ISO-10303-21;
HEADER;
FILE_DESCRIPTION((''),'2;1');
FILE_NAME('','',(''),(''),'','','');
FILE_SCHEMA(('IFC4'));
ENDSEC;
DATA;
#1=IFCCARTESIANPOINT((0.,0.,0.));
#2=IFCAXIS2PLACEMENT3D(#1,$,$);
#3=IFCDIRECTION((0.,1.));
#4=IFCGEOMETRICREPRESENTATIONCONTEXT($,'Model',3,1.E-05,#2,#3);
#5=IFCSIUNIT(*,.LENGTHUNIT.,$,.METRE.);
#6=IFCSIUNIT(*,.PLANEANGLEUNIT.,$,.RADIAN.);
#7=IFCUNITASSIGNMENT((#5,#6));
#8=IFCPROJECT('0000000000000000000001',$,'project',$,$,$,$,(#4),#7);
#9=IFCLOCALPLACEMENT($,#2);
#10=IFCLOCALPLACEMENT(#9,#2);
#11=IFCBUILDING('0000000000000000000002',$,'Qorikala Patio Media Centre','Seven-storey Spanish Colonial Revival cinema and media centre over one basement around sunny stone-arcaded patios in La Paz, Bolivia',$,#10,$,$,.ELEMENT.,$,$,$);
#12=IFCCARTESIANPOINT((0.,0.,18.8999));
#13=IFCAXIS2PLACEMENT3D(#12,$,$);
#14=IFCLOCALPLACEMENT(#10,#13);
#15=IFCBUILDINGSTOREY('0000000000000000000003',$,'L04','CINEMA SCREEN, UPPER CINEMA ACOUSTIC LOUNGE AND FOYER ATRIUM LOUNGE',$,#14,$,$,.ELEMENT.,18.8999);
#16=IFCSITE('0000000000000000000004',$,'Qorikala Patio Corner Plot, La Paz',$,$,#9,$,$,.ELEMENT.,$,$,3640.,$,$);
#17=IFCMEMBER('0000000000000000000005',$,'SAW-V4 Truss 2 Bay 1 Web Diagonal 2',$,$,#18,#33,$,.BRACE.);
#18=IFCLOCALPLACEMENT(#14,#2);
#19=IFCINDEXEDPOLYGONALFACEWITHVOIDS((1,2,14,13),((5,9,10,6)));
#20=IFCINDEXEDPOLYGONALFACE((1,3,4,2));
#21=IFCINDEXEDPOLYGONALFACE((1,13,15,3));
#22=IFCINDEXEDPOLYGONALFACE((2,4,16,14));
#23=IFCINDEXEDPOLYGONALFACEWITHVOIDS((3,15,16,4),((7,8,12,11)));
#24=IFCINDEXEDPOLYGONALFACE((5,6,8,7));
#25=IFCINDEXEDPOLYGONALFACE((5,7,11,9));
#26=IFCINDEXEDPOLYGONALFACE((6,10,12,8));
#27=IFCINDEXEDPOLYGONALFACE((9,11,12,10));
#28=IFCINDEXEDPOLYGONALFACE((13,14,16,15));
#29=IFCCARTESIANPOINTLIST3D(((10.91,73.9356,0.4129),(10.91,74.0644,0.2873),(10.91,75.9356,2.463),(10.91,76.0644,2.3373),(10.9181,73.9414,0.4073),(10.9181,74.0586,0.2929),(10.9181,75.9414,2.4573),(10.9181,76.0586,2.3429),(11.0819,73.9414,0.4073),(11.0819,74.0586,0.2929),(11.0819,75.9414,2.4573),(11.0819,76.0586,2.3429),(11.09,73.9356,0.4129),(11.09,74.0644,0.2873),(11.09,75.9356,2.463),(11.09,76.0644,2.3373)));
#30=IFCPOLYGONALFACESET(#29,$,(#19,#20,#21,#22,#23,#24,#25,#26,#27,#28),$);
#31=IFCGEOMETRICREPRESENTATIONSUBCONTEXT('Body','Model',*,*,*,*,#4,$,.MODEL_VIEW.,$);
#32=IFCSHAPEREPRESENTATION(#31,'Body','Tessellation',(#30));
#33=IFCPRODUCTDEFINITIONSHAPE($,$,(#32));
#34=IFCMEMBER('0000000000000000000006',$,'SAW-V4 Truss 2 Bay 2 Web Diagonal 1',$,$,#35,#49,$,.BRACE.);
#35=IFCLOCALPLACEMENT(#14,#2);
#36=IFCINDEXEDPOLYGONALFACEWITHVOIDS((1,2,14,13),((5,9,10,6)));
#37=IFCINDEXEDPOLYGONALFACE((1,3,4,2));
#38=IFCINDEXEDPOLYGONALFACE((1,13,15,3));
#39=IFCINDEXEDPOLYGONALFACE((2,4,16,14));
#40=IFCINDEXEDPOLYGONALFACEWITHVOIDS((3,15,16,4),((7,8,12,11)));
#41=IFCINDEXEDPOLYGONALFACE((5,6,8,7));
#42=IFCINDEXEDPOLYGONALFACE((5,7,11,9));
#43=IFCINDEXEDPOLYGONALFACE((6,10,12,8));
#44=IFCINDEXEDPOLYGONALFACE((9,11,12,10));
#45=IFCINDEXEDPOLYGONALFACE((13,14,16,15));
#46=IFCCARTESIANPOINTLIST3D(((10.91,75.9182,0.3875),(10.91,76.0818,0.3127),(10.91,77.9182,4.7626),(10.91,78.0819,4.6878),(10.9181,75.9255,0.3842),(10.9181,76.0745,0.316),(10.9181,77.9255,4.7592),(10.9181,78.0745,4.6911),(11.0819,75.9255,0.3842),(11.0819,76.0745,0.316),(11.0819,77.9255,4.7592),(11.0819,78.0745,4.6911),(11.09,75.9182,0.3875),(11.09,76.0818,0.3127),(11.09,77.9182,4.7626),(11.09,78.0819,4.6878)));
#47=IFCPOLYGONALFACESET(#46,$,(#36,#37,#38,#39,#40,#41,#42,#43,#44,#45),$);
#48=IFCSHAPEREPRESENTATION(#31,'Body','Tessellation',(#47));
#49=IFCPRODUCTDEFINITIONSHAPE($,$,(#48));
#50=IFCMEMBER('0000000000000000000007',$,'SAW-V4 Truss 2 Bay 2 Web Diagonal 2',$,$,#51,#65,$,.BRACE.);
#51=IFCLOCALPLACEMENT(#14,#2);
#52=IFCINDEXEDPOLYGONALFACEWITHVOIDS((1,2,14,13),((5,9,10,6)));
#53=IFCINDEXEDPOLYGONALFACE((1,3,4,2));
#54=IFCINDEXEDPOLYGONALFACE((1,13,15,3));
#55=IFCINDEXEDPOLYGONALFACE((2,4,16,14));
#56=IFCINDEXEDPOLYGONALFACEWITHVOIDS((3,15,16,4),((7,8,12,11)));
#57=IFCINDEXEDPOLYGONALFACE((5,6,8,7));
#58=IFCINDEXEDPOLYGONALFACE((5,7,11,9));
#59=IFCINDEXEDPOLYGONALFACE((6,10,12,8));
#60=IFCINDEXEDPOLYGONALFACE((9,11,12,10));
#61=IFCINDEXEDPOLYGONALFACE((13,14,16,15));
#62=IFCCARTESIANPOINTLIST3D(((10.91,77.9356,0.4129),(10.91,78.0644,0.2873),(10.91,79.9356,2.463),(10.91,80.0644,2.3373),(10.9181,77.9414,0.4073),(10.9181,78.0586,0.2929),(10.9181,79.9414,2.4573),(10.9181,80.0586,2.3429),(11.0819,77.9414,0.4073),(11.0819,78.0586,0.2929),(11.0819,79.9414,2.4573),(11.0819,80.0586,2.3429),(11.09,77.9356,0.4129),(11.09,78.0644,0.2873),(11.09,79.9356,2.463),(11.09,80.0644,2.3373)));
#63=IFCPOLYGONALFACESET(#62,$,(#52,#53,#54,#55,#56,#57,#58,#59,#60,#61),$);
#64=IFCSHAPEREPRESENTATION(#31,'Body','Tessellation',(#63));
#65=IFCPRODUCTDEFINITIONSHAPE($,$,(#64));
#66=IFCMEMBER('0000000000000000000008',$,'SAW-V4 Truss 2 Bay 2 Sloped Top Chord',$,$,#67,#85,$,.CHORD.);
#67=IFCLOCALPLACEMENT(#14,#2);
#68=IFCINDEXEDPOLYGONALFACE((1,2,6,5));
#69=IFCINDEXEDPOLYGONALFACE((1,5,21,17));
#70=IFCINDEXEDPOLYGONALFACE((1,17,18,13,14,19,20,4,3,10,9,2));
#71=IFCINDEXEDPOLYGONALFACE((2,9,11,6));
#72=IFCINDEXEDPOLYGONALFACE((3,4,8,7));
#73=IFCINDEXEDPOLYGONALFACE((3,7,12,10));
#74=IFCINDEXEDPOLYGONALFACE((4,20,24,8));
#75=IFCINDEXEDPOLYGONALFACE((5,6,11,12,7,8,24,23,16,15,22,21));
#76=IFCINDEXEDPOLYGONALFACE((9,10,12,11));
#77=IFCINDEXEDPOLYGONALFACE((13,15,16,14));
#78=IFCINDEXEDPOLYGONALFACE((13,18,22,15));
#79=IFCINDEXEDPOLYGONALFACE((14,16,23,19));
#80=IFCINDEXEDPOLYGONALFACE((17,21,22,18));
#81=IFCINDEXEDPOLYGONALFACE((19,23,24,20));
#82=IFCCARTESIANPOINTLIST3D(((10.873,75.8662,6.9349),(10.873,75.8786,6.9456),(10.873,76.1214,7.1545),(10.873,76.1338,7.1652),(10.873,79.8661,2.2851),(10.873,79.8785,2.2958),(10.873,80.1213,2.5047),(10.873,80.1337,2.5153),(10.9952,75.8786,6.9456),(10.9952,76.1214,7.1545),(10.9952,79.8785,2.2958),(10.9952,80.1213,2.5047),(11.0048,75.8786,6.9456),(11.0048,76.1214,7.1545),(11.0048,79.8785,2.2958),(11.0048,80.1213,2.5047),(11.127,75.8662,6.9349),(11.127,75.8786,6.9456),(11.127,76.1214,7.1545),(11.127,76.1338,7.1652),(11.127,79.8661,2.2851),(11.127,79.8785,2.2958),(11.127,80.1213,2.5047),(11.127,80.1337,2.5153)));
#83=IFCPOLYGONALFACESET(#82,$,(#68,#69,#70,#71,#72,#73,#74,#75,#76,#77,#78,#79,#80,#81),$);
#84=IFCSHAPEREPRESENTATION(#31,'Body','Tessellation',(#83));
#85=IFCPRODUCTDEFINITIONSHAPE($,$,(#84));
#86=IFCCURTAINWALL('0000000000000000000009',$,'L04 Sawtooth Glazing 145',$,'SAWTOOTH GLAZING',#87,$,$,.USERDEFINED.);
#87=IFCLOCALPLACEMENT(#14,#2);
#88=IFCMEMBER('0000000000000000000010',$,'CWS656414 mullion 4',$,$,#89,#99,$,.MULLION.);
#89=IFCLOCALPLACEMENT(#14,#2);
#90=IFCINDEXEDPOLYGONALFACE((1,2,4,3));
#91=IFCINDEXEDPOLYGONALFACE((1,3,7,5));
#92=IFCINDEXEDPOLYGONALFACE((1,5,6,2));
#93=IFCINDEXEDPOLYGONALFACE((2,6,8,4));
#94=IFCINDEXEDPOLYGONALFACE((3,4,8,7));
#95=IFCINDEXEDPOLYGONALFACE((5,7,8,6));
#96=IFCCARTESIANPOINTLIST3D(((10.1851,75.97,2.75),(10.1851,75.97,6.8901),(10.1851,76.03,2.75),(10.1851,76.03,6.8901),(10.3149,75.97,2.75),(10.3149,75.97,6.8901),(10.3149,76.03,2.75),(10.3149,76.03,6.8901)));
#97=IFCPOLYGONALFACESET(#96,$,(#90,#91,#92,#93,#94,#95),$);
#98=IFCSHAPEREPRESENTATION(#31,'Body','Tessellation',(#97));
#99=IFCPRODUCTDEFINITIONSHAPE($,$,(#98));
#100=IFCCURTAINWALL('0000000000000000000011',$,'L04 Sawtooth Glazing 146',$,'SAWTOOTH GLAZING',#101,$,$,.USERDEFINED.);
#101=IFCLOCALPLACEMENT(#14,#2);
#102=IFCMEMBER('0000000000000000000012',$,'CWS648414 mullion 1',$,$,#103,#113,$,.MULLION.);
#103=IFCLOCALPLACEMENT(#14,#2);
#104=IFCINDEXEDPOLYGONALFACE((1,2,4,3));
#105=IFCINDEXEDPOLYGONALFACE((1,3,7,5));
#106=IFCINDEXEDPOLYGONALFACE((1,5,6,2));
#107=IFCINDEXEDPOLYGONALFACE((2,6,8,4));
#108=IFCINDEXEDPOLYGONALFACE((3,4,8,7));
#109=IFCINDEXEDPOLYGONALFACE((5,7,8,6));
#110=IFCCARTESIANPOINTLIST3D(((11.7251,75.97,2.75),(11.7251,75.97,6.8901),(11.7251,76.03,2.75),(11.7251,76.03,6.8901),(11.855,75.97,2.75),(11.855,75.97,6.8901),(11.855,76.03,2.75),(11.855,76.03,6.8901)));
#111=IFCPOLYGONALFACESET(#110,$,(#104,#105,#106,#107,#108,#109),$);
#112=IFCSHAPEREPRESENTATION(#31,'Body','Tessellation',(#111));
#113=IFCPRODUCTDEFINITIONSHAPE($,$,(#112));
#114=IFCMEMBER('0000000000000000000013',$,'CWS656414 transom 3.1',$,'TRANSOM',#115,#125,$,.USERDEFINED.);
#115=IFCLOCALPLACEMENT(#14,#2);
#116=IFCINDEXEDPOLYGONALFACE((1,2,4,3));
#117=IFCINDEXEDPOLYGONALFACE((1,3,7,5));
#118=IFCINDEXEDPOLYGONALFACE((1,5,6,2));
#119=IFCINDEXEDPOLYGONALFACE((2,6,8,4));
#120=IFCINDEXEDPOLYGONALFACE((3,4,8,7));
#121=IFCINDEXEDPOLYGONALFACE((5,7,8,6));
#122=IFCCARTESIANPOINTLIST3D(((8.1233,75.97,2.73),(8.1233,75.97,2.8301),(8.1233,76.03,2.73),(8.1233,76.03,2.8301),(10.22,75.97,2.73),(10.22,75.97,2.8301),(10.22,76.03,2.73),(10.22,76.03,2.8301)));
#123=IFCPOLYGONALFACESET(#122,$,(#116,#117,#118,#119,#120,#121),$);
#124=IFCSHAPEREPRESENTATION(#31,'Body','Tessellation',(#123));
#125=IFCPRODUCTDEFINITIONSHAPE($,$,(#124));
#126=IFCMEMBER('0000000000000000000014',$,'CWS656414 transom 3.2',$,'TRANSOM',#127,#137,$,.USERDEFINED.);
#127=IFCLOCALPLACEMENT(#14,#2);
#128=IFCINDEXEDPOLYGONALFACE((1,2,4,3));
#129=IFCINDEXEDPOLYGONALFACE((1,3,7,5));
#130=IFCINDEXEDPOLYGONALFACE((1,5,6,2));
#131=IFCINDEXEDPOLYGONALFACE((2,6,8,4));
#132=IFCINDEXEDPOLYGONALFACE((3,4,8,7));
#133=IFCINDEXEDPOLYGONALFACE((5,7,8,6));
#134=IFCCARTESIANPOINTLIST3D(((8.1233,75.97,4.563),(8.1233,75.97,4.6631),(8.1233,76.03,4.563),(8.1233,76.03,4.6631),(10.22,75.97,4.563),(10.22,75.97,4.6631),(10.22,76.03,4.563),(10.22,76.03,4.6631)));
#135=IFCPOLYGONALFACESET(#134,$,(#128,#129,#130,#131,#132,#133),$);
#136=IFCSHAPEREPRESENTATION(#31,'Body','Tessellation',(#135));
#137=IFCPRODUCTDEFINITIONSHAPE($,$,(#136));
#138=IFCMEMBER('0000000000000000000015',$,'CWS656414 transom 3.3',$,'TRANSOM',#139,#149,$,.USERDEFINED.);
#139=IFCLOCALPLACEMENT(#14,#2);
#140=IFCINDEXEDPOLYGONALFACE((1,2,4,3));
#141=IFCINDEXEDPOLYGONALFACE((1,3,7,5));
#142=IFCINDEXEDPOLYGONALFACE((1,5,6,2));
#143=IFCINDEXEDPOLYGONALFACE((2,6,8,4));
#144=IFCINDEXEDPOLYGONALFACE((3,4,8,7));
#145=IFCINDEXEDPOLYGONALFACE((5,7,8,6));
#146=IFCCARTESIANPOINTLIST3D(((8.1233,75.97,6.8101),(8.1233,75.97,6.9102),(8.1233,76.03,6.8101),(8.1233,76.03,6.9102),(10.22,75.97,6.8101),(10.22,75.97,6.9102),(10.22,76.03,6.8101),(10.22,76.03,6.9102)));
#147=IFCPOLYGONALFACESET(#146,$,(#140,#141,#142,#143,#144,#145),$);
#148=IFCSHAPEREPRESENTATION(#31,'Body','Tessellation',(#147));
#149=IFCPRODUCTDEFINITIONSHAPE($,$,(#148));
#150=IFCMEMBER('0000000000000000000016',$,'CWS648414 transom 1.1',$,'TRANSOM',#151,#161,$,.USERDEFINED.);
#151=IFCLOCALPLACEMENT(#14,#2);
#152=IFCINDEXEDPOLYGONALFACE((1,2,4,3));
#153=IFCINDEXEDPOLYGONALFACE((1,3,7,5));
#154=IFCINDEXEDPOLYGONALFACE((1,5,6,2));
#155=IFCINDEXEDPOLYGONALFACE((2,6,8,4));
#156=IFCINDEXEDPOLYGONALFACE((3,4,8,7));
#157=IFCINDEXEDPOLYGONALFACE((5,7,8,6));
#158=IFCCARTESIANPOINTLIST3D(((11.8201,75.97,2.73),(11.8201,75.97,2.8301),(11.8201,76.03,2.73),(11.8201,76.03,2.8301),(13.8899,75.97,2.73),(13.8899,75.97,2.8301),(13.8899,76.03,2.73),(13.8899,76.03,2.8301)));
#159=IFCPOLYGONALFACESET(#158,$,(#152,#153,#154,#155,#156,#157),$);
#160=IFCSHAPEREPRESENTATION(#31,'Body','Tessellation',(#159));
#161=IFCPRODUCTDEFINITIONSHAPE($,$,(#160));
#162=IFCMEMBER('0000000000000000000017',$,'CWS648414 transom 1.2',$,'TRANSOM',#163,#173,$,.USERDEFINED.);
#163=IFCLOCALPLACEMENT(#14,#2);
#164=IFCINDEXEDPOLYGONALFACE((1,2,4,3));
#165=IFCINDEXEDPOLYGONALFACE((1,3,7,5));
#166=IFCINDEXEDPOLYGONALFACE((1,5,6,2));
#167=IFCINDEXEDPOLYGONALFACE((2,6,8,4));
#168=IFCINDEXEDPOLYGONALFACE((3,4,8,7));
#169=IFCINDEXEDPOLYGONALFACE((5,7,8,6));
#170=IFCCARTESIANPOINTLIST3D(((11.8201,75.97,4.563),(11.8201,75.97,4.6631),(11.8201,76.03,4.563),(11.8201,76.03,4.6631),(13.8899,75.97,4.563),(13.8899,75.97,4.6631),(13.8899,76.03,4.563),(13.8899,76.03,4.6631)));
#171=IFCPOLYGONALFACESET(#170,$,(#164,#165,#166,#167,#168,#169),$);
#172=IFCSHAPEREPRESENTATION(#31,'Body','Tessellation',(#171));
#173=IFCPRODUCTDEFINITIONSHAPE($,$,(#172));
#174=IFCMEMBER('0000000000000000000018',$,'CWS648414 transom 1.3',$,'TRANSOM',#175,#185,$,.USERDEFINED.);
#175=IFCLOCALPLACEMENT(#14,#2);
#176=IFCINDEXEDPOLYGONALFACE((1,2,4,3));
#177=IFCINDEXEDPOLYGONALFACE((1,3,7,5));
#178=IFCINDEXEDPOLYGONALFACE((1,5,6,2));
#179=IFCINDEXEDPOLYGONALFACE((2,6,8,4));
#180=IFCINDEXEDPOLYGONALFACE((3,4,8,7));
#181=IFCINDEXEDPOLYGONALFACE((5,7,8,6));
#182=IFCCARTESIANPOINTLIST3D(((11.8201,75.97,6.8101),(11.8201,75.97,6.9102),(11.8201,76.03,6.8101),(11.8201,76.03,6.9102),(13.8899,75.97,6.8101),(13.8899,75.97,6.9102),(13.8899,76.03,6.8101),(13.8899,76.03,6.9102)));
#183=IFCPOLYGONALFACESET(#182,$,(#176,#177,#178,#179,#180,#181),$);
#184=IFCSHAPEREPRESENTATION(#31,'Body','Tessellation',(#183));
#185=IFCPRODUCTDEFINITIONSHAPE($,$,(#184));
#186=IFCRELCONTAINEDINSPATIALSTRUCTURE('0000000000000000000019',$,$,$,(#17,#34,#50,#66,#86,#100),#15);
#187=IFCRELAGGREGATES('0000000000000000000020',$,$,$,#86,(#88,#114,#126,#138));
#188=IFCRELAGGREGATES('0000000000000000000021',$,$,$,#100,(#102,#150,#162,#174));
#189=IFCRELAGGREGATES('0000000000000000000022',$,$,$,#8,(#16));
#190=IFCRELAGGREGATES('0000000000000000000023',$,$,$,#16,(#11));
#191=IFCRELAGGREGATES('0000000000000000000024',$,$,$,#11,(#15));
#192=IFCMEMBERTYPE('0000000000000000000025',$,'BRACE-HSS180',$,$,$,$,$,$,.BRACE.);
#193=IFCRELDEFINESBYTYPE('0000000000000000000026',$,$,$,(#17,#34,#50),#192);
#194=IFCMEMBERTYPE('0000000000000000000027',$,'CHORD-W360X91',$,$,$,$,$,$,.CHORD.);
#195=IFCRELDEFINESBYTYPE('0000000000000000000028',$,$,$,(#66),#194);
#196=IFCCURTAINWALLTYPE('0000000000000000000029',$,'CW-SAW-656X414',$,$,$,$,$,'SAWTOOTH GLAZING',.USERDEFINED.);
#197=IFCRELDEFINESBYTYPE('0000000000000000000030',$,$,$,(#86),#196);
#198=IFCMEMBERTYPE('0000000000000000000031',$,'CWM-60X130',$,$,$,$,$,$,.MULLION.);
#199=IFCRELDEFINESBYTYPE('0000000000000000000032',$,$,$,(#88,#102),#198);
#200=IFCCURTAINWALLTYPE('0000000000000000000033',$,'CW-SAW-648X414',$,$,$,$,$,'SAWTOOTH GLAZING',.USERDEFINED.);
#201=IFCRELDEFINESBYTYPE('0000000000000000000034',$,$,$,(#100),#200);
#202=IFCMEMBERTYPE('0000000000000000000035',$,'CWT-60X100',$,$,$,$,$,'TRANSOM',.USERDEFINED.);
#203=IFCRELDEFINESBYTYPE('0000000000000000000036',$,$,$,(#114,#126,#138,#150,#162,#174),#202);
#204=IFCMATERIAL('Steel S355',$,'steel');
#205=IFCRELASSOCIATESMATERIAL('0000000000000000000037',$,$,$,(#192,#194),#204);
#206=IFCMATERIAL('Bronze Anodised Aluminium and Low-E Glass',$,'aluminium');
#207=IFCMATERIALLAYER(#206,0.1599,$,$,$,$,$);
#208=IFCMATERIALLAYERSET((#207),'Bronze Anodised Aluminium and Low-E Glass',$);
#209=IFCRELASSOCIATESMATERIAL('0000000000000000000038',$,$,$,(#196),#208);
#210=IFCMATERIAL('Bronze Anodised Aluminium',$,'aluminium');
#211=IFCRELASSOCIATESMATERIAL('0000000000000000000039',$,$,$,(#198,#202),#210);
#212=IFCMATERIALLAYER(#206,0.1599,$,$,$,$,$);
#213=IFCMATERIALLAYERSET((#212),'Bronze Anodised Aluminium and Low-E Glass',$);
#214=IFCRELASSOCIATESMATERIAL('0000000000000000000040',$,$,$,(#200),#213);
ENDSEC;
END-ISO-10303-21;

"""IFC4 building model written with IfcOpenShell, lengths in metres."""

from ifc_helpers import new_model, si_unit, direction, frame, origin, origin_2d, place, context, subcontext, project, spatial, rectangle, hollow_rectangle, i_section, extrude, material, layer, layer_set, material_profile, profile_set, type_object, element, aggregate, save


model = new_model("IFC4")

# Units and contexts
model_context = context("Model", 3, precision=1e-05, world=origin(), true_north=direction((0.0, 1.0)))
body_context = subcontext(model_context, "Body", "Model", "MODEL_VIEW")
ifc_project = project(units=[si_unit("LENGTHUNIT", "METRE"), si_unit("PLANEANGLEUNIT", "RADIAN")], contexts=[model_context])

# Site, building, storey
site_placement = place(None, origin())
site = spatial("IfcSite", under=ifc_project, at=site_placement, Name="Qorikala Patio Corner Plot, La Paz", CompositionType="ELEMENT", RefElevation=3640.0)
building_placement = place(site_placement, origin())
building = spatial("IfcBuilding", under=site, at=building_placement, Name="Qorikala Patio Media Centre", Description="Seven-storey Spanish Colonial Revival cinema and media centre over one basement around sunny stone-arcaded patios in La Paz, Bolivia", CompositionType="ELEMENT")
storey_placement = place(building_placement, frame((0.0, 0.0, 18.8999)))
storey = spatial("IfcBuildingStorey", under=building, at=storey_placement, Name="L04", Description="CINEMA SCREEN, UPPER CINEMA ACOUSTIC LOUNGE AND FOYER ATRIUM LOUNGE", CompositionType="ELEMENT", Elevation=18.8999)

# Members
ifc_material_1 = material(Name="Steel S355", Category="steel")
ifc_material_profile_1 = material_profile(ifc_material_1, hollow_rectangle(XDim=0.1799, YDim=0.1799, WallThickness=0.0081, at=origin_2d()), Name="HSS180X180X8")
ifc_profile_set_1 = profile_set([ifc_material_profile_1], Name="Steel S355")
member_type_1 = type_object("IfcMemberType", Name="BRACE-HSS180", PredefinedType="BRACE", material=ifc_profile_set_1)
member_1_placement = place(storey_placement, frame((11.0, 74.0, 0.3501), z_axis=(0.0, 0.698315, 0.71579), x_axis=(-1.0, 0.0, 0.0)))
element("IfcMember", 1, at=member_1_placement, inside=storey, type_object=member_type_1, Name="SAW-V4 Truss 2 Bay 1 Web Diagonal 2", PredefinedType="BRACE", context=body_context, shape_type="SweptSolid", body=[
    extrude(hollow_rectangle(XDim=0.1799, YDim=0.1799, WallThickness=0.0081, at=origin_2d()), origin(), (0.0, 0.0, 1.0), 2.864),
])
member_2_placement = place(storey_placement, frame((11.0, 76.0, 0.3501), z_axis=(0.0, 0.41576, 0.909474), x_axis=(-1.0, 0.0, 0.0)))
element("IfcMember", 2, at=member_2_placement, inside=storey, type_object=member_type_1, Name="SAW-V4 Truss 2 Bay 2 Web Diagonal 1", PredefinedType="BRACE", context=body_context, shape_type="SweptSolid", body=[
    extrude(hollow_rectangle(XDim=0.1799, YDim=0.1799, WallThickness=0.0081, at=origin_2d()), origin(), (0.0, 0.0, 1.0), 4.8105),
])
member_3_placement = place(storey_placement, frame((11.0, 78.0, 0.3501), z_axis=(0.0, 0.698315, 0.71579), x_axis=(-1.0, 0.0, 0.0)))
element("IfcMember", 3, at=member_3_placement, inside=storey, type_object=member_type_1, Name="SAW-V4 Truss 2 Bay 2 Web Diagonal 2", PredefinedType="BRACE", context=body_context, shape_type="SweptSolid", body=[
    extrude(hollow_rectangle(XDim=0.1799, YDim=0.1799, WallThickness=0.0081, at=origin_2d()), origin(), (0.0, 0.0, 1.0), 2.864),
])
ifc_material_profile_2 = material_profile(ifc_material_1, i_section(OverallWidth=0.2539, OverallDepth=0.353, WebThickness=0.0095, FlangeThickness=0.0164, at=origin_2d()), Name="W360X91")
ifc_profile_set_2 = profile_set([ifc_material_profile_2], Name="Steel S355")
member_type_2 = type_object("IfcMemberType", Name="CHORD-W360X91", PredefinedType="CHORD", material=ifc_profile_set_2)
member_4_placement = place(storey_placement, frame((11.0, 76.0, 7.05), z_axis=(0.0, 0.652141, -0.758098), x_axis=(-1.0, 0.0, 0.0)))
element("IfcMember", 4, at=member_4_placement, inside=storey, type_object=member_type_2, Name="SAW-V4 Truss 2 Bay 2 Sloped Top Chord", PredefinedType="CHORD", context=body_context, shape_type="SweptSolid", body=[
    extrude(i_section(OverallWidth=0.2539, OverallDepth=0.353, WebThickness=0.0095, FlangeThickness=0.0164, at=origin_2d()), origin(), (0.0, 0.0, 1.0), 6.1335),
])

# Curtain walls, members
ifc_material_2 = material(Name="Bronze Anodised Aluminium and Low-E Glass", Category="aluminium")
ifc_layer_1 = layer(ifc_material_2, 0.1599)
ifc_layer_set_1 = layer_set([ifc_layer_1], Name="Bronze Anodised Aluminium and Low-E Glass")
curtain_wall_type_1 = type_object("IfcCurtainWallType", Name="CW-SAW-656X414", ElementType="SAWTOOTH GLAZING", PredefinedType="USERDEFINED", material=ifc_layer_set_1)
curtain_wall_1_placement = place(storey_placement, origin())
curtain_wall_1 = element("IfcCurtainWall", 5, at=curtain_wall_1_placement, inside=storey, type_object=curtain_wall_type_1, Name="L04 Sawtooth Glazing 145", ObjectType="SAWTOOTH GLAZING", PredefinedType="USERDEFINED")
ifc_material_3 = material(Name="Bronze Anodised Aluminium", Category="aluminium")
ifc_material_profile_3 = material_profile(ifc_material_3, rectangle(XDim=0.0601, YDim=0.1299, at=origin_2d()), Name="ALU MULLION 60x130")
ifc_profile_set_3 = profile_set([ifc_material_profile_3], Name="Bronze Anodised Aluminium")
member_type_3 = type_object("IfcMemberType", Name="CWM-60X130", PredefinedType="MULLION", material=ifc_profile_set_3)
member_5_placement = place(storey_placement, frame((10.25, 76.0, 2.75), z_axis=(0.0, 0.0, 1.0), x_axis=(0.0, 1.0, 0.0)))
member_5 = element("IfcMember", 6, at=member_5_placement, type_object=member_type_3, Name="CWS656414 mullion 4", PredefinedType="MULLION", context=body_context, shape_type="SweptSolid", body=[
    extrude(rectangle(XDim=0.0601, YDim=0.1299, at=origin_2d()), origin(), (0.0, 0.0, 1.0), 4.1401),
])
ifc_layer_2 = layer(ifc_material_2, 0.1599)
ifc_layer_set_2 = layer_set([ifc_layer_2], Name="Bronze Anodised Aluminium and Low-E Glass")
curtain_wall_type_2 = type_object("IfcCurtainWallType", Name="CW-SAW-648X414", ElementType="SAWTOOTH GLAZING", PredefinedType="USERDEFINED", material=ifc_layer_set_2)
curtain_wall_2_placement = place(storey_placement, origin())
curtain_wall_2 = element("IfcCurtainWall", 7, at=curtain_wall_2_placement, inside=storey, type_object=curtain_wall_type_2, Name="L04 Sawtooth Glazing 146", ObjectType="SAWTOOTH GLAZING", PredefinedType="USERDEFINED")
member_6_placement = place(storey_placement, frame((11.79, 76.0, 2.75), z_axis=(0.0, 0.0, 1.0), x_axis=(0.0, 1.0, 0.0)))
member_6 = element("IfcMember", 8, at=member_6_placement, type_object=member_type_3, Name="CWS648414 mullion 1", PredefinedType="MULLION", context=body_context, shape_type="SweptSolid", body=[
    extrude(rectangle(XDim=0.0601, YDim=0.1299, at=origin_2d()), origin(), (0.0, 0.0, 1.0), 4.1401),
])

# Members
ifc_material_profile_4 = material_profile(ifc_material_3, rectangle(XDim=0.0601, YDim=0.1001, at=origin_2d()), Name="ALU TRANSOM 60x100")
ifc_profile_set_4 = profile_set([ifc_material_profile_4], Name="Bronze Anodised Aluminium")
member_type_4 = type_object("IfcMemberType", Name="CWT-60X100", ElementType="TRANSOM", PredefinedType="USERDEFINED", material=ifc_profile_set_4)
member_7_placement = place(storey_placement, frame((8.1233, 76.0, 2.78), z_axis=(1.0, 0.0, 0.0), x_axis=(0.0, 1.0, 0.0)))
member_7 = element("IfcMember", 9, at=member_7_placement, type_object=member_type_4, Name="CWS656414 transom 3.1", ObjectType="TRANSOM", PredefinedType="USERDEFINED", context=body_context, shape_type="SweptSolid", body=[
    extrude(rectangle(XDim=0.0601, YDim=0.1001, at=origin_2d()), origin(), (0.0, 0.0, 1.0), 2.0967),
])
member_8_placement = place(storey_placement, frame((8.1233, 76.0, 4.613), z_axis=(1.0, 0.0, 0.0), x_axis=(0.0, 1.0, 0.0)))
member_8 = element("IfcMember", 10, at=member_8_placement, type_object=member_type_4, Name="CWS656414 transom 3.2", ObjectType="TRANSOM", PredefinedType="USERDEFINED", context=body_context, shape_type="SweptSolid", body=[
    extrude(rectangle(XDim=0.0601, YDim=0.1001, at=origin_2d()), origin(), (0.0, 0.0, 1.0), 2.0967),
])
member_9_placement = place(storey_placement, frame((8.1233, 76.0, 6.8601), z_axis=(1.0, 0.0, 0.0), x_axis=(0.0, 1.0, 0.0)))
member_9 = element("IfcMember", 11, at=member_9_placement, type_object=member_type_4, Name="CWS656414 transom 3.3", ObjectType="TRANSOM", PredefinedType="USERDEFINED", context=body_context, shape_type="SweptSolid", body=[
    extrude(rectangle(XDim=0.0601, YDim=0.1001, at=origin_2d()), origin(), (0.0, 0.0, 1.0), 2.0967),
])
member_10_placement = place(storey_placement, frame((11.8201, 76.0, 2.78), z_axis=(1.0, 0.0, 0.0), x_axis=(0.0, 1.0, 0.0)))
member_10 = element("IfcMember", 12, at=member_10_placement, type_object=member_type_4, Name="CWS648414 transom 1.1", ObjectType="TRANSOM", PredefinedType="USERDEFINED", context=body_context, shape_type="SweptSolid", body=[
    extrude(rectangle(XDim=0.0601, YDim=0.1001, at=origin_2d()), origin(), (0.0, 0.0, 1.0), 2.0698),
])
member_11_placement = place(storey_placement, frame((11.8201, 76.0, 4.613), z_axis=(1.0, 0.0, 0.0), x_axis=(0.0, 1.0, 0.0)))
member_11 = element("IfcMember", 13, at=member_11_placement, type_object=member_type_4, Name="CWS648414 transom 1.2", ObjectType="TRANSOM", PredefinedType="USERDEFINED", context=body_context, shape_type="SweptSolid", body=[
    extrude(rectangle(XDim=0.0601, YDim=0.1001, at=origin_2d()), origin(), (0.0, 0.0, 1.0), 2.0698),
])
member_12_placement = place(storey_placement, frame((11.8201, 76.0, 6.8601), z_axis=(1.0, 0.0, 0.0), x_axis=(0.0, 1.0, 0.0)))
member_12 = element("IfcMember", 14, at=member_12_placement, type_object=member_type_4, Name="CWS648414 transom 1.3", ObjectType="TRANSOM", PredefinedType="USERDEFINED", context=body_context, shape_type="SweptSolid", body=[
    extrude(rectangle(XDim=0.0601, YDim=0.1001, at=origin_2d()), origin(), (0.0, 0.0, 1.0), 2.0698),
])

aggregate(curtain_wall_1, [member_5, member_7, member_8, member_9])
aggregate(curtain_wall_2, [member_6, member_10, member_11, member_12])

save(model, "model.ifc")
